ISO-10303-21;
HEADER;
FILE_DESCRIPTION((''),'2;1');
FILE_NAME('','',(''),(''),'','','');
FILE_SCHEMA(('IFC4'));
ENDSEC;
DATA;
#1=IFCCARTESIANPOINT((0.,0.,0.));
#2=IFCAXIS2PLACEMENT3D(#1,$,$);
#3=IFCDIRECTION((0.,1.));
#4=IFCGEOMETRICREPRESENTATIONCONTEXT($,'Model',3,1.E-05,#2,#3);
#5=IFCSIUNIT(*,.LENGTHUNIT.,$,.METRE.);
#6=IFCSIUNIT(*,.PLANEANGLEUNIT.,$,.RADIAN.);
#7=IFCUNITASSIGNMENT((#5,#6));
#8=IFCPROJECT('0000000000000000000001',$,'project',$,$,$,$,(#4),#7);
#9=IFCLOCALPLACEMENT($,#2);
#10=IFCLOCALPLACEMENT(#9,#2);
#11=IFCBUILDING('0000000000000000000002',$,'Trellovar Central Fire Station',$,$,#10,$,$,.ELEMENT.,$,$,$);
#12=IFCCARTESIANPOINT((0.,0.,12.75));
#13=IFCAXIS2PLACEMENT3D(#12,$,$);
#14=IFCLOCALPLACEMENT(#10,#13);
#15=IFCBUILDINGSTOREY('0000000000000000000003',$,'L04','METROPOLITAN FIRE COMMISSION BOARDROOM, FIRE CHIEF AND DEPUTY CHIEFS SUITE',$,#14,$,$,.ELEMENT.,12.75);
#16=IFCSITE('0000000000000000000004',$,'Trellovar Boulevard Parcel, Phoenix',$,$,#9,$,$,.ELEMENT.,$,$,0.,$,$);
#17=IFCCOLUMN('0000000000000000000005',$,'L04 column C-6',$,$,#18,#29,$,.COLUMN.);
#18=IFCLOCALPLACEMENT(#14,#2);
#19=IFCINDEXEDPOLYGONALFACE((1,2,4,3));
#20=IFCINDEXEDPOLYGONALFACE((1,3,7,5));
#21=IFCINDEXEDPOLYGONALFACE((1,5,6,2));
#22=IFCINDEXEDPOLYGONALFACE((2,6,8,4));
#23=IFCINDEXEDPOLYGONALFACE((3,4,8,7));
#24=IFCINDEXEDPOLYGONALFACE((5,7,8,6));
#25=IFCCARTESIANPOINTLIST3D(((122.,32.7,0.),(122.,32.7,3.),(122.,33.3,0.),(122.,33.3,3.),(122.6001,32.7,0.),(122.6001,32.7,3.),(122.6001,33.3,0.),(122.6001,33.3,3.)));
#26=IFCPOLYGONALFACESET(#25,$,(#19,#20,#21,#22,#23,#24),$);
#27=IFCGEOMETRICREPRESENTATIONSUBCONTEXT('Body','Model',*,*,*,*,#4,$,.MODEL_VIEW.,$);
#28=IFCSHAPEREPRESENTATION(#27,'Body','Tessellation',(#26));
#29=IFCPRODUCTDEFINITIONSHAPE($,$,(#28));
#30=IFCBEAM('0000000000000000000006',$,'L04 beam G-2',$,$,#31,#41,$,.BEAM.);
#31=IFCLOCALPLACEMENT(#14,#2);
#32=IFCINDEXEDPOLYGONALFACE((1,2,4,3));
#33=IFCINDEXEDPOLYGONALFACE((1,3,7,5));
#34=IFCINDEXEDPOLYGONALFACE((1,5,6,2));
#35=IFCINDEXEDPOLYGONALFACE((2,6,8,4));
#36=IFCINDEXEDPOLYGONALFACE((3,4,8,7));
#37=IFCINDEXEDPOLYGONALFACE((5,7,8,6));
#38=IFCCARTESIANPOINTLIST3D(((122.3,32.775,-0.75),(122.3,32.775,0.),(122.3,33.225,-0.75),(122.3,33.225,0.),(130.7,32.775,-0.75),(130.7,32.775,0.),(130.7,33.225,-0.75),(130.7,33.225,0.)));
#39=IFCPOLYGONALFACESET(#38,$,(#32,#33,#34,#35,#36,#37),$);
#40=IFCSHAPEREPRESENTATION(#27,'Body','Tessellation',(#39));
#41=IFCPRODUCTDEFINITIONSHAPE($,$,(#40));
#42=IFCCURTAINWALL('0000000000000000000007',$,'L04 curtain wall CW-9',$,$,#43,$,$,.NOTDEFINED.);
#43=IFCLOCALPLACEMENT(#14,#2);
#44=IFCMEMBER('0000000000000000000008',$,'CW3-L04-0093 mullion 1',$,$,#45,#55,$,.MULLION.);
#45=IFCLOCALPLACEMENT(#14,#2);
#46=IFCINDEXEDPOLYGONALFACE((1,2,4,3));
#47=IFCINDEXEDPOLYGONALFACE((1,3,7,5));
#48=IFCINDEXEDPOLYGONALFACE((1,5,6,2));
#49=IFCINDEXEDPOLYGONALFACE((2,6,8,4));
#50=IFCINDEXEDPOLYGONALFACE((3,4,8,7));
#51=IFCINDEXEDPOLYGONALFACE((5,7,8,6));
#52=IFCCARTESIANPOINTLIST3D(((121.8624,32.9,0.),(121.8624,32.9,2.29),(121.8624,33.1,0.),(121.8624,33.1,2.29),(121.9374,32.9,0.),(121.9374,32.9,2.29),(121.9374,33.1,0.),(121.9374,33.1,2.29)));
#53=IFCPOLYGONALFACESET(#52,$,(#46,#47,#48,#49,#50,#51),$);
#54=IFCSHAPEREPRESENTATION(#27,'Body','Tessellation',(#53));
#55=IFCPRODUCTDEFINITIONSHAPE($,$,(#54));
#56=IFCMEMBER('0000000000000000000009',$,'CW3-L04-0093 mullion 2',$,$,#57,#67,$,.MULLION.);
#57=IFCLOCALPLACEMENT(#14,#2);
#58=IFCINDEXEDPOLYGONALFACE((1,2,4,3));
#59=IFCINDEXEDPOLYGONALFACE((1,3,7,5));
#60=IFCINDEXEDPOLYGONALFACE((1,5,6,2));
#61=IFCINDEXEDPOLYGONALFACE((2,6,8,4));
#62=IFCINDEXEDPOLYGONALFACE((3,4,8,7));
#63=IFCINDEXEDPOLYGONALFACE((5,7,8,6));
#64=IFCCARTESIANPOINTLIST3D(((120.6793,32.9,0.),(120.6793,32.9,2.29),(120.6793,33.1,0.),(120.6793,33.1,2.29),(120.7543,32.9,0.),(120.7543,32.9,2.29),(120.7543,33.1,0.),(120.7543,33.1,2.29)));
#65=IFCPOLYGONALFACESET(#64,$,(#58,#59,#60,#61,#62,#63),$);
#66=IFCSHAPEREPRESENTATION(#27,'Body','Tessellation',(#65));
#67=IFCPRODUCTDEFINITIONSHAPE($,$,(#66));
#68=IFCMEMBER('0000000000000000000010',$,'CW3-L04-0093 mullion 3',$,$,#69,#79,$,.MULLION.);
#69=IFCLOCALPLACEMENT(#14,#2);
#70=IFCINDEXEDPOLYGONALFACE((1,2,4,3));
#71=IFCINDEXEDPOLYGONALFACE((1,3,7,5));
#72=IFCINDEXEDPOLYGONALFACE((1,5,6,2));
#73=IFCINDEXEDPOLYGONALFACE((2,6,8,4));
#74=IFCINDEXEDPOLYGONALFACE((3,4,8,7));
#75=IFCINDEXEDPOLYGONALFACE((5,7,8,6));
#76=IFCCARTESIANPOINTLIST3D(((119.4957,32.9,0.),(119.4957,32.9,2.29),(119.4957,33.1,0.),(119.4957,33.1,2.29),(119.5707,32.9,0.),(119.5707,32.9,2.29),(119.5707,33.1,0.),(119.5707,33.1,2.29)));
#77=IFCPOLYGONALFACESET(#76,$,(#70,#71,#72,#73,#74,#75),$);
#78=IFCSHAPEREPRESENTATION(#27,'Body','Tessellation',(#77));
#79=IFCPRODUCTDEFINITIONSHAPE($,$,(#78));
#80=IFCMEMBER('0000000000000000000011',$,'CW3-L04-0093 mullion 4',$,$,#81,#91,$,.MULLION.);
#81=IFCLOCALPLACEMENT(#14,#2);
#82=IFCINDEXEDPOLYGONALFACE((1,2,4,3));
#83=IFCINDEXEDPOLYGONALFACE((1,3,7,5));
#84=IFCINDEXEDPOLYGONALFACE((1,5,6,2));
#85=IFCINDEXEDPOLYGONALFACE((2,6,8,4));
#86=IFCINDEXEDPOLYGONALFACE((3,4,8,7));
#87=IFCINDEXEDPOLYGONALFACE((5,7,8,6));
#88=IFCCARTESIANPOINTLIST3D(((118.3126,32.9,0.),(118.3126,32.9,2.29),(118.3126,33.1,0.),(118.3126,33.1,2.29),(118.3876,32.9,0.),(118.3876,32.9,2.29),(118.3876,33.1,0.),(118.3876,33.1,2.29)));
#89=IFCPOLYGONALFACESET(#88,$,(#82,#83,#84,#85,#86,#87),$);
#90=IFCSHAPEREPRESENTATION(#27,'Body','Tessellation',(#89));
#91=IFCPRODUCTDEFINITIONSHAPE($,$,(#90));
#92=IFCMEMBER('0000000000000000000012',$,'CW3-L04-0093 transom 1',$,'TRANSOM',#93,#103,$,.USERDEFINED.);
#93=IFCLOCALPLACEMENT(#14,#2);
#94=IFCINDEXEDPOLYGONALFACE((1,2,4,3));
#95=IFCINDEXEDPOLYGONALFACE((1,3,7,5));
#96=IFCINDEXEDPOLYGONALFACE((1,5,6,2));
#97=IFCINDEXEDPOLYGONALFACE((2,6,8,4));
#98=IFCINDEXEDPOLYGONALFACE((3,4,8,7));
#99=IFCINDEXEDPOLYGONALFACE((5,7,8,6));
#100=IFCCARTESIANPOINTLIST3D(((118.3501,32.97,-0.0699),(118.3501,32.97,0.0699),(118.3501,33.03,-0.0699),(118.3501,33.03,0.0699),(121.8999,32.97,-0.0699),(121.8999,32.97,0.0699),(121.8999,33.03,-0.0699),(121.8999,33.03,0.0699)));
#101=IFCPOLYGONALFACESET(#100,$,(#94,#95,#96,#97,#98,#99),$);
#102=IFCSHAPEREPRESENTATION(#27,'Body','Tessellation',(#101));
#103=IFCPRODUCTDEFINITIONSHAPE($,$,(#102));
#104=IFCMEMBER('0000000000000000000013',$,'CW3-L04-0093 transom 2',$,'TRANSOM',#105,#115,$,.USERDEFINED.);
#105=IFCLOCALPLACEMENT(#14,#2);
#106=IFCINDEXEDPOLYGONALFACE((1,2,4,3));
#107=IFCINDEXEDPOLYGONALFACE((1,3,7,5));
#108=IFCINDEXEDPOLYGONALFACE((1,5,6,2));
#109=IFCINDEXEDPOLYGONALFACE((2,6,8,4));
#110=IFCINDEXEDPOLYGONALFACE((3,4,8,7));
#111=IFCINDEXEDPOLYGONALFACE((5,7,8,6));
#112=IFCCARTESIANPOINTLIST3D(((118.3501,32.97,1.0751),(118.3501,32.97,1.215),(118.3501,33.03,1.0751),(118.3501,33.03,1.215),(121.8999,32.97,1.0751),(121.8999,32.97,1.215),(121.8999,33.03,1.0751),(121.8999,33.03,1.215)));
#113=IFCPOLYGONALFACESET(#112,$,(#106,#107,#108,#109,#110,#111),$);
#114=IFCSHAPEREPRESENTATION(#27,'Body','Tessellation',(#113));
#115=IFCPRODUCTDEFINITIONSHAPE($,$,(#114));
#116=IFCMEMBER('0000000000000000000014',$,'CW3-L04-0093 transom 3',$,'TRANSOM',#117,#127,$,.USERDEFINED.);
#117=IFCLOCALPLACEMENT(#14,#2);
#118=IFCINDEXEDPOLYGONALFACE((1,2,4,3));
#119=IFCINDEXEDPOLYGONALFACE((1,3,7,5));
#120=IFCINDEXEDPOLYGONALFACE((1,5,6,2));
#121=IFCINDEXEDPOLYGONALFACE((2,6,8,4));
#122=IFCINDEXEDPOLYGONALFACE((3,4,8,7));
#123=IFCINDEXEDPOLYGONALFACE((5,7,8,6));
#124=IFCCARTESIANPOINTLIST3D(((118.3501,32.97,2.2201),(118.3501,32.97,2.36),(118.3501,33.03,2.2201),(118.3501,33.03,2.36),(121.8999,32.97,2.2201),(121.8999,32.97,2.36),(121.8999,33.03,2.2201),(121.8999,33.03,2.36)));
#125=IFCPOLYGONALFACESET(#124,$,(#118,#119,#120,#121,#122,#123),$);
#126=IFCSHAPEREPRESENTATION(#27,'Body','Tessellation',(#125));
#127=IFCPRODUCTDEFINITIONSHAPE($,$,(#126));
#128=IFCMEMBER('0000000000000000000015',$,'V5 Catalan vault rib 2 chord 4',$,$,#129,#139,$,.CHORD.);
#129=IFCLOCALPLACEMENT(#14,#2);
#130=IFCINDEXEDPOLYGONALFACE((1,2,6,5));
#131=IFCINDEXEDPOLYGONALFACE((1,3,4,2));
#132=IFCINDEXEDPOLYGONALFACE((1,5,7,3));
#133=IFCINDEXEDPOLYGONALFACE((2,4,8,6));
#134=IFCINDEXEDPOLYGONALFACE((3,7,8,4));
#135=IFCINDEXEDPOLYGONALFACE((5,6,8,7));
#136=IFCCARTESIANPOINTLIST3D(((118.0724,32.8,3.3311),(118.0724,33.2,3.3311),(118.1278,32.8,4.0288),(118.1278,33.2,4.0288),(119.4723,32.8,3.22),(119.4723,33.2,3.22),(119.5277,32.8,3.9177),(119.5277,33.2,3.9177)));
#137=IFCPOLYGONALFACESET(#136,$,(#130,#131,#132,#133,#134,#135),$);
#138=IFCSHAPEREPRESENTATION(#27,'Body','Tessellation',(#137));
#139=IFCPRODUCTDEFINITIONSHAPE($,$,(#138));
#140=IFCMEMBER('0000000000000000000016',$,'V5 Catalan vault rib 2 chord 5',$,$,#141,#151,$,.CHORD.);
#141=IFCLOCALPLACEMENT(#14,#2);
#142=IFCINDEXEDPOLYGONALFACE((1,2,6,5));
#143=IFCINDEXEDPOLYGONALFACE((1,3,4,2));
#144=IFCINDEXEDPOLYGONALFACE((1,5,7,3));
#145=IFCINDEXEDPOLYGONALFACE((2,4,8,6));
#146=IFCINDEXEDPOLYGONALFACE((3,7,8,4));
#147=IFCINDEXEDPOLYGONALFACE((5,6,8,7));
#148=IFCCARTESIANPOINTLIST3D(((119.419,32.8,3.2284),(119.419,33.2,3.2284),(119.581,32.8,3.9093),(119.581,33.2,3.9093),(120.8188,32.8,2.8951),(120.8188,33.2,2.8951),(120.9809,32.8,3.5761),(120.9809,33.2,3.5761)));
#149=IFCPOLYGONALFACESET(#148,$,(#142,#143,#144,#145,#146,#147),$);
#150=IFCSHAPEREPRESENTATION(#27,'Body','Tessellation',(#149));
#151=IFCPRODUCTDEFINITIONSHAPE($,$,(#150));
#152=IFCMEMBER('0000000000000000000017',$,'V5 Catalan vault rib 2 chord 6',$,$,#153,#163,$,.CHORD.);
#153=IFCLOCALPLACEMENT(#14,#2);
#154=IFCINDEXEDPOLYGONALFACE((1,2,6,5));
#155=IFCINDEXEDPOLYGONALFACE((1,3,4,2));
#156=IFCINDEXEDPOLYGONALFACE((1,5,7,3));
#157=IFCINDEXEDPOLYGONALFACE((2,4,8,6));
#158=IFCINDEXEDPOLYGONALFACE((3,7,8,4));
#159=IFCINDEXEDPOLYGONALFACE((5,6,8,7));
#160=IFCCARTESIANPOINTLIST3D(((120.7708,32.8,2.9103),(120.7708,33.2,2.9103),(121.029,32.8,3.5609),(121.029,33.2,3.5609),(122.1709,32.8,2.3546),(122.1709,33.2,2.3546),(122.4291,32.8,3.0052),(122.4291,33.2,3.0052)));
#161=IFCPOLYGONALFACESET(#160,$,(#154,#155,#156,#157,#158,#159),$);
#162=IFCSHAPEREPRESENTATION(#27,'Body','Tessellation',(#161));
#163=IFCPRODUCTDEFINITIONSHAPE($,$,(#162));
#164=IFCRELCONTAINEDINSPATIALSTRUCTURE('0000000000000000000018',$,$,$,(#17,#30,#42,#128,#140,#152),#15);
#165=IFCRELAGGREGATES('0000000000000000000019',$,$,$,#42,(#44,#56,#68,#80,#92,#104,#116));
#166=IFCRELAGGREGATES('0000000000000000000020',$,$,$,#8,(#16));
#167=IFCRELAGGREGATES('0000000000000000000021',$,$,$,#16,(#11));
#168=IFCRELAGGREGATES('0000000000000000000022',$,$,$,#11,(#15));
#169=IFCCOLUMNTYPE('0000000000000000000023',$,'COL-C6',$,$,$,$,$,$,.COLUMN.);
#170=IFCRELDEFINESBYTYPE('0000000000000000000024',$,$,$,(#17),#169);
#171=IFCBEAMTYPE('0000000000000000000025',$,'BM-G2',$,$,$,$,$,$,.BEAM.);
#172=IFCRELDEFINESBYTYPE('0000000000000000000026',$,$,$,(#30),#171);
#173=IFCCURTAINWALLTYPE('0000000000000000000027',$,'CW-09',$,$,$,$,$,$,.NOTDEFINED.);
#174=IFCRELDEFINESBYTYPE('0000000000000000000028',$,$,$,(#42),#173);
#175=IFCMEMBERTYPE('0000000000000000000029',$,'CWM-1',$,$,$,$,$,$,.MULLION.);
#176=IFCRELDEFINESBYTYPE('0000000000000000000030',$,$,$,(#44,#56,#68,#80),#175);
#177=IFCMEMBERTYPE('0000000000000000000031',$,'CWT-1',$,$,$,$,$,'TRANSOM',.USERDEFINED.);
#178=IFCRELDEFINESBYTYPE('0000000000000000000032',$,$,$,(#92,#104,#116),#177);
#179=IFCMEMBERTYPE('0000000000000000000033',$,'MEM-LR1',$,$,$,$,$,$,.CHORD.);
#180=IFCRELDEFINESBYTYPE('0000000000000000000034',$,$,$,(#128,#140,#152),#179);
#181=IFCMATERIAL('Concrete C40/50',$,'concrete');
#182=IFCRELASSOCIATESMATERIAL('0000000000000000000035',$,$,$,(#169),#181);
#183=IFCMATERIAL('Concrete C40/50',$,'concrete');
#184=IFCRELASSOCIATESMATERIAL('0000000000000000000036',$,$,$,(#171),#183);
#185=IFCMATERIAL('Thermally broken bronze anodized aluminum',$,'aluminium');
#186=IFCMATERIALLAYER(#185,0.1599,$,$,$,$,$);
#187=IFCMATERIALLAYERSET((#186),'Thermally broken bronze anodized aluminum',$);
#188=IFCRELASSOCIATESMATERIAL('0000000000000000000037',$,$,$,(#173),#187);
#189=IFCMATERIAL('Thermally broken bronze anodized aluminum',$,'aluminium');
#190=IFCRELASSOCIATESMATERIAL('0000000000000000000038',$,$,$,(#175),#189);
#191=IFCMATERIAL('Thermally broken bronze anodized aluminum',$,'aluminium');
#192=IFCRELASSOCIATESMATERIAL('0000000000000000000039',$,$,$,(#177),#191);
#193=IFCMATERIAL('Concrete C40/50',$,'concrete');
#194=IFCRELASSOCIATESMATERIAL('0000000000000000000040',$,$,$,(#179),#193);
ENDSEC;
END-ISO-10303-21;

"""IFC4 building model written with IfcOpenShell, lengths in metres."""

from ifc_helpers import new_model, si_unit, direction, frame, origin, origin_2d, place, context, subcontext, project, spatial, rectangle, extrude, material, layer, layer_set, material_profile, profile_set, type_object, element, aggregate, save


model = new_model("IFC4")

# Units and contexts
model_context = context("Model", 3, precision=1e-05, world=origin(), true_north=direction((0.0, 1.0)))
body_context = subcontext(model_context, "Body", "Model", "MODEL_VIEW")
ifc_project = project(units=[si_unit("LENGTHUNIT", "METRE"), si_unit("PLANEANGLEUNIT", "RADIAN")], contexts=[model_context])

# Site, building, storey
site_placement = place(None, origin())
site = spatial("IfcSite", under=ifc_project, at=site_placement, Name="Trellovar Boulevard Parcel, Phoenix", CompositionType="ELEMENT", RefElevation=0.0)
building_placement = place(site_placement, origin())
building = spatial("IfcBuilding", under=site, at=building_placement, Name="Trellovar Central Fire Station", CompositionType="ELEMENT")
storey_placement = place(building_placement, frame((0.0, 0.0, 12.75)))
storey = spatial("IfcBuildingStorey", under=building, at=storey_placement, Name="L04", Description="METROPOLITAN FIRE COMMISSION BOARDROOM, FIRE CHIEF AND DEPUTY CHIEFS SUITE", CompositionType="ELEMENT", Elevation=12.75)

# Column
ifc_material_1 = material(Name="Concrete C40/50", Category="concrete")
ifc_material_profile_1 = material_profile(ifc_material_1, rectangle(XDim=0.6001, YDim=0.6001, at=origin_2d()), Name="RC600X600")
ifc_profile_set_1 = profile_set([ifc_material_profile_1], Name="Concrete C40/50")
column_type = type_object("IfcColumnType", Name="COL-C6", PredefinedType="COLUMN", material=ifc_profile_set_1)
column_placement = place(storey_placement, frame((122.3, 33.0, 0.0), z_axis=(0.0, 0.0, 1.0), x_axis=(1.0, 0.0, 0.0)))
element("IfcColumn", 1, at=column_placement, inside=storey, type_object=column_type, Name="L04 column C-6", PredefinedType="COLUMN", context=body_context, shape_type="SweptSolid", body=[
    extrude(rectangle(XDim=0.6001, YDim=0.6001, at=origin_2d()), origin(), (0.0, 0.0, 1.0), 3.0),
])

# Beam
ifc_material_2 = material(Name="Concrete C40/50", Category="concrete")
ifc_material_profile_2 = material_profile(ifc_material_2, rectangle(XDim=0.45, YDim=0.75, at=origin_2d()), Name="RC450X750")
ifc_profile_set_2 = profile_set([ifc_material_profile_2], Name="Concrete C40/50")
beam_type = type_object("IfcBeamType", Name="BM-G2", PredefinedType="BEAM", material=ifc_profile_set_2)
beam_placement = place(storey_placement, frame((122.3, 33.0, -0.375), z_axis=(1.0, 0.0, 0.0), x_axis=(0.0, 1.0, 0.0)))
element("IfcBeam", 2, at=beam_placement, inside=storey, type_object=beam_type, Name="L04 beam G-2", PredefinedType="BEAM", context=body_context, shape_type="SweptSolid", body=[
    extrude(rectangle(XDim=0.45, YDim=0.75, at=origin_2d()), origin(), (0.0, 0.0, 1.0), 8.3999),
])

# Curtain wall, members
ifc_material_3 = material(Name="Thermally broken bronze anodized aluminum", Category="aluminium")
ifc_layer_1 = layer(ifc_material_3, 0.1599)
ifc_layer_set_1 = layer_set([ifc_layer_1], Name="Thermally broken bronze anodized aluminum")
curtain_wall_type = type_object("IfcCurtainWallType", Name="CW-09", PredefinedType="NOTDEFINED", material=ifc_layer_set_1)
curtain_wall_placement = place(storey_placement, origin())
curtain_wall = element("IfcCurtainWall", 3, at=curtain_wall_placement, inside=storey, type_object=curtain_wall_type, Name="L04 curtain wall CW-9", PredefinedType="NOTDEFINED")
ifc_material_4 = material(Name="Thermally broken bronze anodized aluminum", Category="aluminium")
ifc_material_profile_3 = material_profile(ifc_material_4, rectangle(XDim=0.075, YDim=0.2, at=origin_2d()), Name="ALU75X200")
ifc_profile_set_3 = profile_set([ifc_material_profile_3], Name="Thermally broken bronze anodized aluminum")
member_type_1 = type_object("IfcMemberType", Name="CWM-1", PredefinedType="MULLION", material=ifc_profile_set_3)
member_1_placement = place(storey_placement, frame((121.8999, 33.0, 0.0), z_axis=(0.0, 0.0, 1.0), x_axis=(1.0, 0.0, 0.0)))
member_1 = element("IfcMember", 4, at=member_1_placement, type_object=member_type_1, Name="CW3-L04-0093 mullion 1", PredefinedType="MULLION", context=body_context, shape_type="SweptSolid", body=[
    extrude(rectangle(XDim=0.075, YDim=0.2, at=origin_2d()), origin(), (0.0, 0.0, 1.0), 2.29),
])
member_2_placement = place(storey_placement, frame((120.7168, 33.0, 0.0), z_axis=(0.0, 0.0, 1.0), x_axis=(1.0, 0.0, 0.0)))
member_2 = element("IfcMember", 5, at=member_2_placement, type_object=member_type_1, Name="CW3-L04-0093 mullion 2", PredefinedType="MULLION", context=body_context, shape_type="SweptSolid", body=[
    extrude(rectangle(XDim=0.075, YDim=0.2, at=origin_2d()), origin(), (0.0, 0.0, 1.0), 2.29),
])
member_3_placement = place(storey_placement, frame((119.5332, 33.0, 0.0), z_axis=(0.0, 0.0, 1.0), x_axis=(1.0, 0.0, 0.0)))
member_3 = element("IfcMember", 6, at=member_3_placement, type_object=member_type_1, Name="CW3-L04-0093 mullion 3", PredefinedType="MULLION", context=body_context, shape_type="SweptSolid", body=[
    extrude(rectangle(XDim=0.075, YDim=0.2, at=origin_2d()), origin(), (0.0, 0.0, 1.0), 2.29),
])
member_4_placement = place(storey_placement, frame((118.3501, 33.0, 0.0), z_axis=(0.0, 0.0, 1.0), x_axis=(1.0, 0.0, 0.0)))
member_4 = element("IfcMember", 7, at=member_4_placement, type_object=member_type_1, Name="CW3-L04-0093 mullion 4", PredefinedType="MULLION", context=body_context, shape_type="SweptSolid", body=[
    extrude(rectangle(XDim=0.075, YDim=0.2, at=origin_2d()), origin(), (0.0, 0.0, 1.0), 2.29),
])
ifc_material_5 = material(Name="Thermally broken bronze anodized aluminum", Category="aluminium")
ifc_material_profile_4 = material_profile(ifc_material_5, rectangle(XDim=0.0601, YDim=0.1399, at=origin_2d()), Name="ALU60X140")
ifc_profile_set_4 = profile_set([ifc_material_profile_4], Name="Thermally broken bronze anodized aluminum")
member_type_2 = type_object("IfcMemberType", Name="CWT-1", ElementType="TRANSOM", PredefinedType="USERDEFINED", material=ifc_profile_set_4)
member_5_placement = place(storey_placement, frame((121.8999, 33.0, 0.0), z_axis=(-1.0, 0.0, 0.0), x_axis=(0.0, -1.0, 0.0)))
member_5 = element("IfcMember", 8, at=member_5_placement, type_object=member_type_2, Name="CW3-L04-0093 transom 1", ObjectType="TRANSOM", PredefinedType="USERDEFINED", context=body_context, shape_type="SweptSolid", body=[
    extrude(rectangle(XDim=0.0601, YDim=0.1399, at=origin_2d()), origin(), (0.0, 0.0, 1.0), 3.5498),
])
member_6_placement = place(storey_placement, frame((121.8999, 33.0, 1.145), z_axis=(-1.0, 0.0, 0.0), x_axis=(0.0, -1.0, 0.0)))
member_6 = element("IfcMember", 9, at=member_6_placement, type_object=member_type_2, Name="CW3-L04-0093 transom 2", ObjectType="TRANSOM", PredefinedType="USERDEFINED", context=body_context, shape_type="SweptSolid", body=[
    extrude(rectangle(XDim=0.0601, YDim=0.1399, at=origin_2d()), origin(), (0.0, 0.0, 1.0), 3.5498),
])
member_7_placement = place(storey_placement, frame((121.8999, 33.0, 2.29), z_axis=(-1.0, 0.0, 0.0), x_axis=(0.0, -1.0, 0.0)))
member_7 = element("IfcMember", 10, at=member_7_placement, type_object=member_type_2, Name="CW3-L04-0093 transom 3", ObjectType="TRANSOM", PredefinedType="USERDEFINED", context=body_context, shape_type="SweptSolid", body=[
    extrude(rectangle(XDim=0.0601, YDim=0.1399, at=origin_2d()), origin(), (0.0, 0.0, 1.0), 3.5498),
])

# Members
ifc_material_6 = material(Name="Concrete C40/50", Category="concrete")
ifc_material_profile_5 = material_profile(ifc_material_6, rectangle(XDim=0.3999, YDim=0.7, at=origin_2d()), Name="RC400X700")
ifc_profile_set_5 = profile_set([ifc_material_profile_5], Name="Concrete C40/50")
member_type_3 = type_object("IfcMemberType", Name="MEM-LR1", PredefinedType="CHORD", material=ifc_profile_set_5)
member_8_placement = place(storey_placement, frame((118.1001, 33.0, 3.6799), z_axis=(0.996866, 0.0, -0.079103), x_axis=(0.0, 1.0, 0.0)))
element("IfcMember", 11, at=member_8_placement, inside=storey, type_object=member_type_3, Name="V5 Catalan vault rib 2 chord 4", PredefinedType="CHORD", context=body_context, shape_type="SweptSolid", body=[
    extrude(rectangle(XDim=0.3999, YDim=0.7, at=origin_2d()), origin(), (0.0, 0.0, 1.0), 1.4043),
])
member_9_placement = place(storey_placement, frame((119.5, 33.0, 3.5688), z_axis=(0.972815, 0.0, -0.231582), x_axis=(0.0, 1.0, 0.0)))
element("IfcMember", 12, at=member_9_placement, inside=storey, type_object=member_type_3, Name="V5 Catalan vault rib 2 chord 5", PredefinedType="CHORD", context=body_context, shape_type="SweptSolid", body=[
    extrude(rectangle(XDim=0.3999, YDim=0.7, at=origin_2d()), origin(), (0.0, 0.0, 1.0), 1.439),
])
member_10_placement = place(storey_placement, frame((120.8999, 33.0, 3.2356), z_axis=(0.929479, 0.0, -0.368874), x_axis=(0.0, 1.0, 0.0)))
element("IfcMember", 13, at=member_10_placement, inside=storey, type_object=member_type_3, Name="V5 Catalan vault rib 2 chord 6", PredefinedType="CHORD", context=body_context, shape_type="SweptSolid", body=[
    extrude(rectangle(XDim=0.3999, YDim=0.7, at=origin_2d()), origin(), (0.0, 0.0, 1.0), 1.5063),
])

aggregate(curtain_wall, [member_1, member_2, member_3, member_4, member_5, member_6, member_7])

save(model, "model.ifc")
